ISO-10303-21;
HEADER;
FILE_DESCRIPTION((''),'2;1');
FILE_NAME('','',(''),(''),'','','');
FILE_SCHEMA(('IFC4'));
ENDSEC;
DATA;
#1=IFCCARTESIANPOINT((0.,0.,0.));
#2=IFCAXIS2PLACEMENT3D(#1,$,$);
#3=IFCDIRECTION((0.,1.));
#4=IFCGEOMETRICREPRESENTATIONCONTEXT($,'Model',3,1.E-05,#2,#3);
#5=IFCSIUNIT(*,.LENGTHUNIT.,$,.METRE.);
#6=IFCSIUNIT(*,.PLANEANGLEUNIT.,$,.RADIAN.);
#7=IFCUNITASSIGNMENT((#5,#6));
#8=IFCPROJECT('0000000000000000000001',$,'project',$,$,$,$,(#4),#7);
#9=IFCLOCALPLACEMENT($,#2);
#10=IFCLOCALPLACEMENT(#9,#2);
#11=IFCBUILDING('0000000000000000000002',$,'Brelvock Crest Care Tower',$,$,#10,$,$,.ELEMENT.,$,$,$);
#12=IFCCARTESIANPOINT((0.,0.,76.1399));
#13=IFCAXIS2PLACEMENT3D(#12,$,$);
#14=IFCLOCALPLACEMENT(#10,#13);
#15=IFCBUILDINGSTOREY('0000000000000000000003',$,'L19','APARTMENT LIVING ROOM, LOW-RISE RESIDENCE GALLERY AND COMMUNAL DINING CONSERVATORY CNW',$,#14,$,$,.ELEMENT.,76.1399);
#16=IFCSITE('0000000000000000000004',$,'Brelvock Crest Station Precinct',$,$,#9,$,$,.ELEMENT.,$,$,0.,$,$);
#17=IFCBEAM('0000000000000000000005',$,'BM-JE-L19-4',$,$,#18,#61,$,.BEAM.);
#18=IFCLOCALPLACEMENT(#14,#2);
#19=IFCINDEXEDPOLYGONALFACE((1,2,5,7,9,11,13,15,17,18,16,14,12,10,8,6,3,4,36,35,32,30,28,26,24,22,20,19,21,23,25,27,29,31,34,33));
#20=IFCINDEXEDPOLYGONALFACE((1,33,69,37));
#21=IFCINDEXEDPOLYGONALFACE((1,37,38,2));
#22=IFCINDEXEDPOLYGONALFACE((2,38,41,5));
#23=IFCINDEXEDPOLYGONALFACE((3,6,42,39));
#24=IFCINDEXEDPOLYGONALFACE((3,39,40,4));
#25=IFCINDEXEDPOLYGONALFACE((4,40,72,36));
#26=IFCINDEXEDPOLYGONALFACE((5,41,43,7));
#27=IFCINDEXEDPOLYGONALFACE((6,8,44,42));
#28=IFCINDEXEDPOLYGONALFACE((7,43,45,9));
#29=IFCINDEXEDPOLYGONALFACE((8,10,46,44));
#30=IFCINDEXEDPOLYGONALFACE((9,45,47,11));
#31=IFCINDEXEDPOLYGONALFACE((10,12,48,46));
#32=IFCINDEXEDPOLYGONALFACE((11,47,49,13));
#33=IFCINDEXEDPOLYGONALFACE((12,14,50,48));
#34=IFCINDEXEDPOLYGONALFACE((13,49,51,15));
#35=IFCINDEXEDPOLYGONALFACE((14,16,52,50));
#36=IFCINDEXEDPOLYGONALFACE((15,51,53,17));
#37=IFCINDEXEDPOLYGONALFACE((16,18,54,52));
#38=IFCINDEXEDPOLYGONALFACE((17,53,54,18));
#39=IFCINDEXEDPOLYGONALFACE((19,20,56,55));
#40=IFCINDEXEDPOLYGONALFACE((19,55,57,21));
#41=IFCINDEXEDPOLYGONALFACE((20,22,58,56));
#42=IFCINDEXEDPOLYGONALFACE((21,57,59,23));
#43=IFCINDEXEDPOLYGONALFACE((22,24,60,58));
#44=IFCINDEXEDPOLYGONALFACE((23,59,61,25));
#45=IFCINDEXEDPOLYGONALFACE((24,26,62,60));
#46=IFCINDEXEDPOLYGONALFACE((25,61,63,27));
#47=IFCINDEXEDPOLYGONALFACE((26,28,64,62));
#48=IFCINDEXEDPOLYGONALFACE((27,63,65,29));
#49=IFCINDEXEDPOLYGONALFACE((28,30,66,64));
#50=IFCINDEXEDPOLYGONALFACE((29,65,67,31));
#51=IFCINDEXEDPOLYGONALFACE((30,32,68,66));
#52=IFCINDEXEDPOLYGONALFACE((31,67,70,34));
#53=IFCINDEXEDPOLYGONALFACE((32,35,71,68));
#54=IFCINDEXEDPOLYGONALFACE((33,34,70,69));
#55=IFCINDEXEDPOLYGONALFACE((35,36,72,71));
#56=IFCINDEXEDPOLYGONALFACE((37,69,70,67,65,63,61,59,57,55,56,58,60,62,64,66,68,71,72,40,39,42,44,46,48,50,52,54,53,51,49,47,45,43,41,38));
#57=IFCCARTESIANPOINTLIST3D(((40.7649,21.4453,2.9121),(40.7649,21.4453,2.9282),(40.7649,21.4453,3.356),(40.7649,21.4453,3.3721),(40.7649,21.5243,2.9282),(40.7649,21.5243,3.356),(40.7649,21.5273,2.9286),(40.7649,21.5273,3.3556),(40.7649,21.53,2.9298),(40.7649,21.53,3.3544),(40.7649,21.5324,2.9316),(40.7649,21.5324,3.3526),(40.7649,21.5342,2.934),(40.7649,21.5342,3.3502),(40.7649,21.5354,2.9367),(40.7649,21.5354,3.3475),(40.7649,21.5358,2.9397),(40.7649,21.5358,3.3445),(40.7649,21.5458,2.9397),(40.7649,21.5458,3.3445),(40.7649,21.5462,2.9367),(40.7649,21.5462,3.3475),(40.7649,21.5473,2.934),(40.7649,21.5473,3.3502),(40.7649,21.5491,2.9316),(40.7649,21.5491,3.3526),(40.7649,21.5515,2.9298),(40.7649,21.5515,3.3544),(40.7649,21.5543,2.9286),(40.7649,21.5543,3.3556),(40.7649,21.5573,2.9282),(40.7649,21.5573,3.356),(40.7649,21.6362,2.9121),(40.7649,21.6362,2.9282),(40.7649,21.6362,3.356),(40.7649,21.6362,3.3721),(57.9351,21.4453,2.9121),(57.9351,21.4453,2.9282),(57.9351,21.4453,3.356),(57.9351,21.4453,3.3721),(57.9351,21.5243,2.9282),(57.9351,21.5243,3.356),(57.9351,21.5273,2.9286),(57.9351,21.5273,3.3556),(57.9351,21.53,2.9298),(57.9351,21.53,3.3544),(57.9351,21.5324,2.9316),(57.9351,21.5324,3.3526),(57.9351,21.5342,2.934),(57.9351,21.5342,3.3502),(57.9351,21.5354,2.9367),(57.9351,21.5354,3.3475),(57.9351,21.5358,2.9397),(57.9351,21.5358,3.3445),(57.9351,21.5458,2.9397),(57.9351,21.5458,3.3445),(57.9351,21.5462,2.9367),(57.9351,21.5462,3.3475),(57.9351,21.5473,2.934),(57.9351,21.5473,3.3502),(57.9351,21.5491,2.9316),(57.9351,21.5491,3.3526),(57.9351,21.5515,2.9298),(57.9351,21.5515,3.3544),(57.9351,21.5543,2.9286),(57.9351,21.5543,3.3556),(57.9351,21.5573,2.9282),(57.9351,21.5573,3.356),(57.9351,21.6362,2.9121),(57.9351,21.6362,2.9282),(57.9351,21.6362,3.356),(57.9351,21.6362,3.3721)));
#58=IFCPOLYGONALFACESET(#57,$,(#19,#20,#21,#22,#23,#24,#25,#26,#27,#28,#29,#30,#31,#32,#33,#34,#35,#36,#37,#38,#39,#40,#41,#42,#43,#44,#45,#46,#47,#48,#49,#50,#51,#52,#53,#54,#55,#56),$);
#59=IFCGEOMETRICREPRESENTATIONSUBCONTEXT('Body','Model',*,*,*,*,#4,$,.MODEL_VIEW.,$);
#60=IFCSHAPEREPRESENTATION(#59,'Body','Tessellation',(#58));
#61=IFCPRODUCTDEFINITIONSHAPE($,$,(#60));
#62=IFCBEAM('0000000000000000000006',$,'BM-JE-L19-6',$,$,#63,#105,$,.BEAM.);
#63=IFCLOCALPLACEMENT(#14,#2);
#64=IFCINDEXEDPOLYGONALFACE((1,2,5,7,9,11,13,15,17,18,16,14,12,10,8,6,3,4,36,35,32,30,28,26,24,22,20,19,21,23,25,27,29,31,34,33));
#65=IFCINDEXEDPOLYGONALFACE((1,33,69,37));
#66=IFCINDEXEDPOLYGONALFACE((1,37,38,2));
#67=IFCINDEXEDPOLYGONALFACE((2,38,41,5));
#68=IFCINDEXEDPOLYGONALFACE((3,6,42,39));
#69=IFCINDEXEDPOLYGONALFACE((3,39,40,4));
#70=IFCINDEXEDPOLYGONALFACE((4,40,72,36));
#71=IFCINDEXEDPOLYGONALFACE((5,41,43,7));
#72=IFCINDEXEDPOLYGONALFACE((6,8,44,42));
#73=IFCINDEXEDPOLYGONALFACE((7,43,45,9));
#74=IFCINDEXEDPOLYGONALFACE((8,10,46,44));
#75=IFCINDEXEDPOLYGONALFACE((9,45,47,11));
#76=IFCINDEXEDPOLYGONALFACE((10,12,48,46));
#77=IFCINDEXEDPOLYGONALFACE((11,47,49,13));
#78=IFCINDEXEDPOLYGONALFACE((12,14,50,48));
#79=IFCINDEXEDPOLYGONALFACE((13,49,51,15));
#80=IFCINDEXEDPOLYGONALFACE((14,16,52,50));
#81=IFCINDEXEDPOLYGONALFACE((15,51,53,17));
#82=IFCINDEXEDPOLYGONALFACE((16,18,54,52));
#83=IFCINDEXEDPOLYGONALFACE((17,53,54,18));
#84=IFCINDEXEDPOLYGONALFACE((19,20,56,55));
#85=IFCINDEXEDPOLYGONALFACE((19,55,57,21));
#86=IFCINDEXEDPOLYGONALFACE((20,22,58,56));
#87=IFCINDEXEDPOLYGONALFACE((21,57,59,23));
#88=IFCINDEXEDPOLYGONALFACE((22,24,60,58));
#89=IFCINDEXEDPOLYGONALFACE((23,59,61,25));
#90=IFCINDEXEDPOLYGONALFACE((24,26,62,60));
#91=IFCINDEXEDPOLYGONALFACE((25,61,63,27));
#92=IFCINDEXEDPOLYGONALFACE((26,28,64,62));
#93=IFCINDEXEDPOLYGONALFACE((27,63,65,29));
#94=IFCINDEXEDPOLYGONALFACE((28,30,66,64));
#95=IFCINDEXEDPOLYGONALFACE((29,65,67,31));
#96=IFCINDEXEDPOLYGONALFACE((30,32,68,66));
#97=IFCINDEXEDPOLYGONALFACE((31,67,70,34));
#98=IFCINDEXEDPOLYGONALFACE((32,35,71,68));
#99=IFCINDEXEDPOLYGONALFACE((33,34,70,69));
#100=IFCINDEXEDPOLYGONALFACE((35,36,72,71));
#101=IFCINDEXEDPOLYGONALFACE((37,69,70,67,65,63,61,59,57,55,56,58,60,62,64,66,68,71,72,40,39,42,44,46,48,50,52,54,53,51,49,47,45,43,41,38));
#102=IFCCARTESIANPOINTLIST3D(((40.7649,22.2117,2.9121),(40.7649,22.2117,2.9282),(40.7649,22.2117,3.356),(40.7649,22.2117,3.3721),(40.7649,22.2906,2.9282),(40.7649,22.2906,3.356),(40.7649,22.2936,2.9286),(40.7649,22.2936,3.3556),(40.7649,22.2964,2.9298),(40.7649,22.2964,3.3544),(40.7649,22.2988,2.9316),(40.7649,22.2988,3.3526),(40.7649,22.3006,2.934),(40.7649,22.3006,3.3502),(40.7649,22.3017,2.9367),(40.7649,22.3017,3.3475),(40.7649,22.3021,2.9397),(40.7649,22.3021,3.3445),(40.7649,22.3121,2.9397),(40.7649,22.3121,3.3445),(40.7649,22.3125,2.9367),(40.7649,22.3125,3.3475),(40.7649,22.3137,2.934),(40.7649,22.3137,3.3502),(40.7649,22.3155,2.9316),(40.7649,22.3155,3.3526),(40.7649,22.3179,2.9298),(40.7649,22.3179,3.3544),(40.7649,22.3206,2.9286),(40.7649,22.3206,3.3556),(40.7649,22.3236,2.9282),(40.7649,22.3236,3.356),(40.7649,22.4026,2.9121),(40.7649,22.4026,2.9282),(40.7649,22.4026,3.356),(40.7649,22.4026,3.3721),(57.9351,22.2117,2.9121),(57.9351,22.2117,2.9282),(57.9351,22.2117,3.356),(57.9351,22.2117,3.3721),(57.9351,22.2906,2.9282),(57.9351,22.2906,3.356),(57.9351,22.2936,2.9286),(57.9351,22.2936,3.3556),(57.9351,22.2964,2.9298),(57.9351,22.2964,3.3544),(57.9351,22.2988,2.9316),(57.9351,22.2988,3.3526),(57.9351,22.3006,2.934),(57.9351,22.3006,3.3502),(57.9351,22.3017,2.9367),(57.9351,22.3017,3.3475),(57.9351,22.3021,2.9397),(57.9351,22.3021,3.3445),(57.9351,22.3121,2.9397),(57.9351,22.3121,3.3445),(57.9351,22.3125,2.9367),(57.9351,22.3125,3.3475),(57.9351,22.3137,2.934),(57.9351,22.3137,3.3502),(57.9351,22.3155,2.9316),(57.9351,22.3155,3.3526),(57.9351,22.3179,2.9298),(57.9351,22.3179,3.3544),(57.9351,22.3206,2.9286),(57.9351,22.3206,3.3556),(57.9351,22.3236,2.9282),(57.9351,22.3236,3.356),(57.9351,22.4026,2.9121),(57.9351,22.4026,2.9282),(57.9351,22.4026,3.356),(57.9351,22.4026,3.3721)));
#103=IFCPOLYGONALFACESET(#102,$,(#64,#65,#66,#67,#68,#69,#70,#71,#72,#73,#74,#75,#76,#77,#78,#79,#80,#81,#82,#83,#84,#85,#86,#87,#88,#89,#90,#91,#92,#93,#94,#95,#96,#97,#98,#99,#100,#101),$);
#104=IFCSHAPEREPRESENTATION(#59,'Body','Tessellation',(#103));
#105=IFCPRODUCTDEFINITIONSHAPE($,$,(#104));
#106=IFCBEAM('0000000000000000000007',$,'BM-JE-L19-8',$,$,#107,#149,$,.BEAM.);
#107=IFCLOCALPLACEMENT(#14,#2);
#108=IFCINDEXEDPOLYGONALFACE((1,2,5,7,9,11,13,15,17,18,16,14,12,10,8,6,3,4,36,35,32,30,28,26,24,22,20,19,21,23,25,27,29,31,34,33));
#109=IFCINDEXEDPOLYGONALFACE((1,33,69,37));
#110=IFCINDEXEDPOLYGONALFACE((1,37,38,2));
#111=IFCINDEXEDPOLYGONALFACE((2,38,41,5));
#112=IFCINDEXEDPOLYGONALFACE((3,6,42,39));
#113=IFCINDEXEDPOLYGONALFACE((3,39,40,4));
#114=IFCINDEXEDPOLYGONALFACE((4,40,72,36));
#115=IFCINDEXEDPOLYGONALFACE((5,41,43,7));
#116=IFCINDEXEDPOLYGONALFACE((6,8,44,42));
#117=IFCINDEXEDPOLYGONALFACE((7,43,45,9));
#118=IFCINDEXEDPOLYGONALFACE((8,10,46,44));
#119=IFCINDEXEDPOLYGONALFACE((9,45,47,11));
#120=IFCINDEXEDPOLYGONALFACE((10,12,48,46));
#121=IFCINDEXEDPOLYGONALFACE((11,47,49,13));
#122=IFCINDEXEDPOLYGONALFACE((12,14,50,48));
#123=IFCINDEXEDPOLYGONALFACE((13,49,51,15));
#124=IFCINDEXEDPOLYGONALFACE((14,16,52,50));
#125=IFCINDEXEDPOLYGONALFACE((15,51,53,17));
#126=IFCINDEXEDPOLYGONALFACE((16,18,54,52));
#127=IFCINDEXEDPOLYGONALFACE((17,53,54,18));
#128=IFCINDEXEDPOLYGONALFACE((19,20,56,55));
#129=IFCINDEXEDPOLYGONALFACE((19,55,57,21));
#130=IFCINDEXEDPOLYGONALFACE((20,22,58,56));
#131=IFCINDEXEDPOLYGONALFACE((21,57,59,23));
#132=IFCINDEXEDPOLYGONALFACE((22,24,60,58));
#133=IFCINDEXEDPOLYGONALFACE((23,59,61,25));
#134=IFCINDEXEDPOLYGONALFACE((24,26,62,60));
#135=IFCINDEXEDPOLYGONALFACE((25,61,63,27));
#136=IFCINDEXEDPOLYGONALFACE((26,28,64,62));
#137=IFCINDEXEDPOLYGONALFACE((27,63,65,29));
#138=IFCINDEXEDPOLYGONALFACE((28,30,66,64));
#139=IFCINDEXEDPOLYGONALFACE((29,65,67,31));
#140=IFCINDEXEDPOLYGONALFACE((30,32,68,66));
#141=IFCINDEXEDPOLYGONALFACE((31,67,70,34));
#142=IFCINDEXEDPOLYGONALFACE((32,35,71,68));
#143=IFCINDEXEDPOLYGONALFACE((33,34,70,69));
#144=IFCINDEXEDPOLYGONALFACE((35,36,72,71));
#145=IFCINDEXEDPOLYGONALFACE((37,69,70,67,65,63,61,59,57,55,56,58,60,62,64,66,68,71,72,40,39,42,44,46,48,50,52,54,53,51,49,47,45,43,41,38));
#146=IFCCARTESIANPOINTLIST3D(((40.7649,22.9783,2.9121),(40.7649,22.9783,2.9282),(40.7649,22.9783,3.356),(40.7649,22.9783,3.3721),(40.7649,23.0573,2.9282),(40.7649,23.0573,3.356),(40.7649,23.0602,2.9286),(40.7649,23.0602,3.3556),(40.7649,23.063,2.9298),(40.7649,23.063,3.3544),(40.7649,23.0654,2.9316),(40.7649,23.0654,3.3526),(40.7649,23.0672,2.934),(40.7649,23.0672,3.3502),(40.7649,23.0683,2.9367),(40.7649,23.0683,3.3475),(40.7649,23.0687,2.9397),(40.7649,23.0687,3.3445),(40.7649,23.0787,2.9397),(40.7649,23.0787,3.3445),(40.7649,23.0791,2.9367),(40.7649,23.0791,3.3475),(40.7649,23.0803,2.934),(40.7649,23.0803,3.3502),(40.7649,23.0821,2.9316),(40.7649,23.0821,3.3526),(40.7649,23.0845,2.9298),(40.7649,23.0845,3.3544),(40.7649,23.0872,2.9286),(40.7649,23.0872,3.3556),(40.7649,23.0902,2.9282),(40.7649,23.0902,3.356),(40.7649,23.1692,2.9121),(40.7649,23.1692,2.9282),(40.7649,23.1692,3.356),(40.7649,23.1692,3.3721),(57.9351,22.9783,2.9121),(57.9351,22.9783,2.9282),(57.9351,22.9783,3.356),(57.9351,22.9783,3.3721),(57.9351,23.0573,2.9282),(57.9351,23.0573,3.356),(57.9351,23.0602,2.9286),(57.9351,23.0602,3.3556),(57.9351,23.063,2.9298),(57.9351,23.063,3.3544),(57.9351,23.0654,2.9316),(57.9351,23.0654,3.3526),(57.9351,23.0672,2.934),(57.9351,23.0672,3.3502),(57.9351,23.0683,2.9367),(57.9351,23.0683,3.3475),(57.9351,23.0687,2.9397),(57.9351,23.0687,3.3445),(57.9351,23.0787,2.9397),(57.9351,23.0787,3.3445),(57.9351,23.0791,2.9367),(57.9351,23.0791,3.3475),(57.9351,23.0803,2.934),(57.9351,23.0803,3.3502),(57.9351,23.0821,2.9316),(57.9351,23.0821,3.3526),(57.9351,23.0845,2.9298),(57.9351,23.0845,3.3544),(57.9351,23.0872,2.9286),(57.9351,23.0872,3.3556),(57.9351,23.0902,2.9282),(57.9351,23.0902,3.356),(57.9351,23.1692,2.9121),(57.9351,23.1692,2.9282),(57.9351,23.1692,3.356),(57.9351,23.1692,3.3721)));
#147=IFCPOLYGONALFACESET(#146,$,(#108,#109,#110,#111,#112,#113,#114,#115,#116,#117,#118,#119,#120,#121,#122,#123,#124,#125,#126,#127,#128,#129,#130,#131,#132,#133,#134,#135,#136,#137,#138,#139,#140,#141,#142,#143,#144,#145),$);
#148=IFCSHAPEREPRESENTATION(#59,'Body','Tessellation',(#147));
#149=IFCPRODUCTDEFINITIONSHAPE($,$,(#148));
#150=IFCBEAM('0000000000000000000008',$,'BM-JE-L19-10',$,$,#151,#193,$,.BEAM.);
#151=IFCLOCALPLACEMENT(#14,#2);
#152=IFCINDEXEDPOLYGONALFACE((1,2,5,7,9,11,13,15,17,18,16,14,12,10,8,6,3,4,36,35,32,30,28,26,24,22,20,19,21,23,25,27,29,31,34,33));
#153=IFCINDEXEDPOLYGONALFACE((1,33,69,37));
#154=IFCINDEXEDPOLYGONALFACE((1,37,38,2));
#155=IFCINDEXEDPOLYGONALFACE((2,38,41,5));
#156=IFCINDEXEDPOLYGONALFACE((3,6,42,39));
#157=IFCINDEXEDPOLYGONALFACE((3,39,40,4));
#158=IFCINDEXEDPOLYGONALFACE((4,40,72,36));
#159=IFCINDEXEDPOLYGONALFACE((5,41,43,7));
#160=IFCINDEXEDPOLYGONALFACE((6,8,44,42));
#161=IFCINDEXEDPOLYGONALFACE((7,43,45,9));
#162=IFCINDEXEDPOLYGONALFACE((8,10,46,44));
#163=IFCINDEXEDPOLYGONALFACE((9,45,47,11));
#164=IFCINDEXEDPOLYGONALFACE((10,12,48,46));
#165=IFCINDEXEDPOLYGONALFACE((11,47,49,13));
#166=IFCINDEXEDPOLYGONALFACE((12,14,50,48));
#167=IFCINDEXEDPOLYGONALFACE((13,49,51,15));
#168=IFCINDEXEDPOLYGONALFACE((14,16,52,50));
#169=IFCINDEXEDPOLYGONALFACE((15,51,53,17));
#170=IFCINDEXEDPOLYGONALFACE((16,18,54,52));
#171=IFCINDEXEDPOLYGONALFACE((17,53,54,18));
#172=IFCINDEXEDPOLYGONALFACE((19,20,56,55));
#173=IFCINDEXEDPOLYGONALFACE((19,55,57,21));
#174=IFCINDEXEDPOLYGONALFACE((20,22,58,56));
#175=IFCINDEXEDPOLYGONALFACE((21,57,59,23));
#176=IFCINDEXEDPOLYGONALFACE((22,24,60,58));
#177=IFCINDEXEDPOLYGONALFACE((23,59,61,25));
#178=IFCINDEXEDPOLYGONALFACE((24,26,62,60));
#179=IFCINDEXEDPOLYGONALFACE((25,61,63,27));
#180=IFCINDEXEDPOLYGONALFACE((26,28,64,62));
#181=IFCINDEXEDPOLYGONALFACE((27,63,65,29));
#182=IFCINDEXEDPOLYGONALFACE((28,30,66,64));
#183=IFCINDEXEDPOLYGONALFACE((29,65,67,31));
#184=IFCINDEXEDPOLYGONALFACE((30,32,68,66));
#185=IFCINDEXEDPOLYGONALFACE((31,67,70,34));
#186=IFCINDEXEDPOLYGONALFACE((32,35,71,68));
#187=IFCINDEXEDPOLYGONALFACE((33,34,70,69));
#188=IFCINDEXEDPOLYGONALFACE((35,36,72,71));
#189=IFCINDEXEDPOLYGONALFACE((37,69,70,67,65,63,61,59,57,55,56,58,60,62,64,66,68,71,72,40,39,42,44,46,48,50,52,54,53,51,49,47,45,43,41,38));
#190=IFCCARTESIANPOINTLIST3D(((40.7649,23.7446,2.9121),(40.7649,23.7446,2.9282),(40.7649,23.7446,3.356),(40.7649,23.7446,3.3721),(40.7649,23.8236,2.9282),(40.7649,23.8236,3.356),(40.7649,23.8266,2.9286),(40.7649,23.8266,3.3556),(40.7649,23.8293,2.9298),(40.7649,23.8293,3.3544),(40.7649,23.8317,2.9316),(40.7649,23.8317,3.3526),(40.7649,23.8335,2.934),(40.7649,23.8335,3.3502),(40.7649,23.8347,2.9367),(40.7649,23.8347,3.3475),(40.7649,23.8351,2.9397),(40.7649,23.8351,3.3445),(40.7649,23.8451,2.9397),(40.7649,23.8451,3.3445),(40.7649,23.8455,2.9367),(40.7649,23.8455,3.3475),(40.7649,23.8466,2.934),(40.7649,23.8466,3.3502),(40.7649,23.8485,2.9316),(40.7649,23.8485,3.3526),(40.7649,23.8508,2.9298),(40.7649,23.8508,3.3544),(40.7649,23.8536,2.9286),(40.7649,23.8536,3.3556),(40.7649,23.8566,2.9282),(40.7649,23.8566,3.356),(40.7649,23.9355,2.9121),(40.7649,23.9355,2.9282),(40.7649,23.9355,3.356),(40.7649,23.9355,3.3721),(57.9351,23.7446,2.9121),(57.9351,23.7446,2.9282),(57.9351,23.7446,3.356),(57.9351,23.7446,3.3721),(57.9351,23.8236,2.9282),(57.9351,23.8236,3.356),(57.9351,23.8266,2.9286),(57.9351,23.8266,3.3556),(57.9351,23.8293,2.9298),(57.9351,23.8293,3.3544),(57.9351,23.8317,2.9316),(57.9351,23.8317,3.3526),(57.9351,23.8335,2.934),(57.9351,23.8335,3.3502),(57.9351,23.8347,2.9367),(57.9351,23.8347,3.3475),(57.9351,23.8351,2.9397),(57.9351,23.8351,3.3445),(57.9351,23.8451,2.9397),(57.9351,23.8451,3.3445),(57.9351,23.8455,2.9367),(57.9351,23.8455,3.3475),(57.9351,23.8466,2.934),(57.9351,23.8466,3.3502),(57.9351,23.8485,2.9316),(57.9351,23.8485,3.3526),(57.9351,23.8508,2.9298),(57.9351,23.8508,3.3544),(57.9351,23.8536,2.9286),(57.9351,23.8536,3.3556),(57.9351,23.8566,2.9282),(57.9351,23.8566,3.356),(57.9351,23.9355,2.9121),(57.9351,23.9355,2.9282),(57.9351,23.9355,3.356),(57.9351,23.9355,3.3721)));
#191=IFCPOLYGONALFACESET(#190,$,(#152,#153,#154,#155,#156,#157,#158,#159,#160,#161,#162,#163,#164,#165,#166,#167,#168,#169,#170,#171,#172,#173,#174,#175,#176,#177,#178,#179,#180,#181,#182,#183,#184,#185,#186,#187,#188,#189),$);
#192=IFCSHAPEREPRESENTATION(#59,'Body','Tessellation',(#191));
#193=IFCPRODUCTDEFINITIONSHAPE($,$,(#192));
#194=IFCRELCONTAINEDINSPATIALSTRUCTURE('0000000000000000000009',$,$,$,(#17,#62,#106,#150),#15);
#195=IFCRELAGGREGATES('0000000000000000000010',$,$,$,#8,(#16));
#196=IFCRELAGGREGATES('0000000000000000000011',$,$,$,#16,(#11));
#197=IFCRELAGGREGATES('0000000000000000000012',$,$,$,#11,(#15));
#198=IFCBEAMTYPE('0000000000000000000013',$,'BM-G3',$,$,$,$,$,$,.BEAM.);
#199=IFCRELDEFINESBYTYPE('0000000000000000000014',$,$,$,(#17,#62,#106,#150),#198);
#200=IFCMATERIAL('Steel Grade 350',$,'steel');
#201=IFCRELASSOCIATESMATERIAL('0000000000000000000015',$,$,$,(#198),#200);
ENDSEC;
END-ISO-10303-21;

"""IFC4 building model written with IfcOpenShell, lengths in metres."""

from ifc_helpers import new_model, si_unit, direction, frame, origin, origin_2d, place, context, subcontext, project, spatial, i_section, extrude, source, transform, mapped, material, material_profile, profile_set, type_object, element, save


model = new_model("IFC4")

# Units and contexts
model_context = context("Model", 3, precision=1e-05, world=origin(), true_north=direction((0.0, 1.0)))
body_context = subcontext(model_context, "Body", "Model", "MODEL_VIEW")
ifc_project = project(units=[si_unit("LENGTHUNIT", "METRE"), si_unit("PLANEANGLEUNIT", "RADIAN")], contexts=[model_context])

# Site, building, storey
site_placement = place(None, origin())
site = spatial("IfcSite", under=ifc_project, at=site_placement, Name="Brelvock Crest Station Precinct", CompositionType="ELEMENT", RefElevation=0.0)
building_placement = place(site_placement, origin())
building = spatial("IfcBuilding", under=site, at=building_placement, Name="Brelvock Crest Care Tower", CompositionType="ELEMENT")
storey_placement = place(building_placement, frame((0.0, 0.0, 76.1399)))
storey = spatial("IfcBuildingStorey", under=building, at=storey_placement, Name="L19", Description="APARTMENT LIVING ROOM, LOW-RISE RESIDENCE GALLERY AND COMMUNAL DINING CONSERVATORY CNW", CompositionType="ELEMENT", Elevation=76.1399)

# Shared definitions
ifc_material_1 = material(Name="Steel Grade 350", Category="steel")

# Beams
ifc_material_profile_1 = material_profile(ifc_material_1, i_section(OverallWidth=0.1909, OverallDepth=0.46, WebThickness=0.01, FlangeThickness=0.0161, FilletRadius=0.0115, at=origin_2d()), Name="460UB82.1")
ifc_profile_set_1 = profile_set([ifc_material_profile_1], Name="Steel Grade 350")
beam_type_1 = type_object("IfcBeamType", Name="BM-G3", PredefinedType="BEAM", material=ifc_profile_set_1)
shared_shape_1 = source(origin(), body_context, "Body", "SweptSolid", [
    extrude(i_section(OverallWidth=0.1909, OverallDepth=0.46, WebThickness=0.01, FlangeThickness=0.0161, FilletRadius=0.0115, at=origin_2d()), origin(), (0.0, 0.0, 1.0), 17.1702),
])
for number, where, z_axis, x_axis, name in (
    (1, (40.7649, 21.5408, 3.1421), (1.0, 0.0, 0.0), (0.0, 1.0, 0.0), "BM-JE-L19-4"),
    (2, (40.7649, 22.3071, 3.1421), (1.0, 0.0, 0.0), (0.0, 1.0, 0.0), "BM-JE-L19-6"),
    (3, (40.7649, 23.0737, 3.1421), (1.0, 0.0, 0.0), (0.0, 1.0, 0.0), "BM-JE-L19-8"),
    (4, (40.7649, 23.8401, 3.1421), (1.0, 0.0, 0.0), (0.0, 1.0, 0.0), "BM-JE-L19-10"),
):
    element("IfcBeam", number, at=place(storey_placement, frame(where, z_axis=z_axis, x_axis=x_axis)), inside=storey, type_object=beam_type_1, Name=name, PredefinedType="BEAM", context=body_context, shape_type="MappedRepresentation", body=[
        mapped(shared_shape_1, transform((0.0, 0.0, 0.0), x_axis=(1.0, 0.0, 0.0), y_axis=(0.0, 1.0, 0.0), z_axis=(0.0, 0.0, 1.0), scale=1.0)),
    ])

save(model, "model.ifc")
